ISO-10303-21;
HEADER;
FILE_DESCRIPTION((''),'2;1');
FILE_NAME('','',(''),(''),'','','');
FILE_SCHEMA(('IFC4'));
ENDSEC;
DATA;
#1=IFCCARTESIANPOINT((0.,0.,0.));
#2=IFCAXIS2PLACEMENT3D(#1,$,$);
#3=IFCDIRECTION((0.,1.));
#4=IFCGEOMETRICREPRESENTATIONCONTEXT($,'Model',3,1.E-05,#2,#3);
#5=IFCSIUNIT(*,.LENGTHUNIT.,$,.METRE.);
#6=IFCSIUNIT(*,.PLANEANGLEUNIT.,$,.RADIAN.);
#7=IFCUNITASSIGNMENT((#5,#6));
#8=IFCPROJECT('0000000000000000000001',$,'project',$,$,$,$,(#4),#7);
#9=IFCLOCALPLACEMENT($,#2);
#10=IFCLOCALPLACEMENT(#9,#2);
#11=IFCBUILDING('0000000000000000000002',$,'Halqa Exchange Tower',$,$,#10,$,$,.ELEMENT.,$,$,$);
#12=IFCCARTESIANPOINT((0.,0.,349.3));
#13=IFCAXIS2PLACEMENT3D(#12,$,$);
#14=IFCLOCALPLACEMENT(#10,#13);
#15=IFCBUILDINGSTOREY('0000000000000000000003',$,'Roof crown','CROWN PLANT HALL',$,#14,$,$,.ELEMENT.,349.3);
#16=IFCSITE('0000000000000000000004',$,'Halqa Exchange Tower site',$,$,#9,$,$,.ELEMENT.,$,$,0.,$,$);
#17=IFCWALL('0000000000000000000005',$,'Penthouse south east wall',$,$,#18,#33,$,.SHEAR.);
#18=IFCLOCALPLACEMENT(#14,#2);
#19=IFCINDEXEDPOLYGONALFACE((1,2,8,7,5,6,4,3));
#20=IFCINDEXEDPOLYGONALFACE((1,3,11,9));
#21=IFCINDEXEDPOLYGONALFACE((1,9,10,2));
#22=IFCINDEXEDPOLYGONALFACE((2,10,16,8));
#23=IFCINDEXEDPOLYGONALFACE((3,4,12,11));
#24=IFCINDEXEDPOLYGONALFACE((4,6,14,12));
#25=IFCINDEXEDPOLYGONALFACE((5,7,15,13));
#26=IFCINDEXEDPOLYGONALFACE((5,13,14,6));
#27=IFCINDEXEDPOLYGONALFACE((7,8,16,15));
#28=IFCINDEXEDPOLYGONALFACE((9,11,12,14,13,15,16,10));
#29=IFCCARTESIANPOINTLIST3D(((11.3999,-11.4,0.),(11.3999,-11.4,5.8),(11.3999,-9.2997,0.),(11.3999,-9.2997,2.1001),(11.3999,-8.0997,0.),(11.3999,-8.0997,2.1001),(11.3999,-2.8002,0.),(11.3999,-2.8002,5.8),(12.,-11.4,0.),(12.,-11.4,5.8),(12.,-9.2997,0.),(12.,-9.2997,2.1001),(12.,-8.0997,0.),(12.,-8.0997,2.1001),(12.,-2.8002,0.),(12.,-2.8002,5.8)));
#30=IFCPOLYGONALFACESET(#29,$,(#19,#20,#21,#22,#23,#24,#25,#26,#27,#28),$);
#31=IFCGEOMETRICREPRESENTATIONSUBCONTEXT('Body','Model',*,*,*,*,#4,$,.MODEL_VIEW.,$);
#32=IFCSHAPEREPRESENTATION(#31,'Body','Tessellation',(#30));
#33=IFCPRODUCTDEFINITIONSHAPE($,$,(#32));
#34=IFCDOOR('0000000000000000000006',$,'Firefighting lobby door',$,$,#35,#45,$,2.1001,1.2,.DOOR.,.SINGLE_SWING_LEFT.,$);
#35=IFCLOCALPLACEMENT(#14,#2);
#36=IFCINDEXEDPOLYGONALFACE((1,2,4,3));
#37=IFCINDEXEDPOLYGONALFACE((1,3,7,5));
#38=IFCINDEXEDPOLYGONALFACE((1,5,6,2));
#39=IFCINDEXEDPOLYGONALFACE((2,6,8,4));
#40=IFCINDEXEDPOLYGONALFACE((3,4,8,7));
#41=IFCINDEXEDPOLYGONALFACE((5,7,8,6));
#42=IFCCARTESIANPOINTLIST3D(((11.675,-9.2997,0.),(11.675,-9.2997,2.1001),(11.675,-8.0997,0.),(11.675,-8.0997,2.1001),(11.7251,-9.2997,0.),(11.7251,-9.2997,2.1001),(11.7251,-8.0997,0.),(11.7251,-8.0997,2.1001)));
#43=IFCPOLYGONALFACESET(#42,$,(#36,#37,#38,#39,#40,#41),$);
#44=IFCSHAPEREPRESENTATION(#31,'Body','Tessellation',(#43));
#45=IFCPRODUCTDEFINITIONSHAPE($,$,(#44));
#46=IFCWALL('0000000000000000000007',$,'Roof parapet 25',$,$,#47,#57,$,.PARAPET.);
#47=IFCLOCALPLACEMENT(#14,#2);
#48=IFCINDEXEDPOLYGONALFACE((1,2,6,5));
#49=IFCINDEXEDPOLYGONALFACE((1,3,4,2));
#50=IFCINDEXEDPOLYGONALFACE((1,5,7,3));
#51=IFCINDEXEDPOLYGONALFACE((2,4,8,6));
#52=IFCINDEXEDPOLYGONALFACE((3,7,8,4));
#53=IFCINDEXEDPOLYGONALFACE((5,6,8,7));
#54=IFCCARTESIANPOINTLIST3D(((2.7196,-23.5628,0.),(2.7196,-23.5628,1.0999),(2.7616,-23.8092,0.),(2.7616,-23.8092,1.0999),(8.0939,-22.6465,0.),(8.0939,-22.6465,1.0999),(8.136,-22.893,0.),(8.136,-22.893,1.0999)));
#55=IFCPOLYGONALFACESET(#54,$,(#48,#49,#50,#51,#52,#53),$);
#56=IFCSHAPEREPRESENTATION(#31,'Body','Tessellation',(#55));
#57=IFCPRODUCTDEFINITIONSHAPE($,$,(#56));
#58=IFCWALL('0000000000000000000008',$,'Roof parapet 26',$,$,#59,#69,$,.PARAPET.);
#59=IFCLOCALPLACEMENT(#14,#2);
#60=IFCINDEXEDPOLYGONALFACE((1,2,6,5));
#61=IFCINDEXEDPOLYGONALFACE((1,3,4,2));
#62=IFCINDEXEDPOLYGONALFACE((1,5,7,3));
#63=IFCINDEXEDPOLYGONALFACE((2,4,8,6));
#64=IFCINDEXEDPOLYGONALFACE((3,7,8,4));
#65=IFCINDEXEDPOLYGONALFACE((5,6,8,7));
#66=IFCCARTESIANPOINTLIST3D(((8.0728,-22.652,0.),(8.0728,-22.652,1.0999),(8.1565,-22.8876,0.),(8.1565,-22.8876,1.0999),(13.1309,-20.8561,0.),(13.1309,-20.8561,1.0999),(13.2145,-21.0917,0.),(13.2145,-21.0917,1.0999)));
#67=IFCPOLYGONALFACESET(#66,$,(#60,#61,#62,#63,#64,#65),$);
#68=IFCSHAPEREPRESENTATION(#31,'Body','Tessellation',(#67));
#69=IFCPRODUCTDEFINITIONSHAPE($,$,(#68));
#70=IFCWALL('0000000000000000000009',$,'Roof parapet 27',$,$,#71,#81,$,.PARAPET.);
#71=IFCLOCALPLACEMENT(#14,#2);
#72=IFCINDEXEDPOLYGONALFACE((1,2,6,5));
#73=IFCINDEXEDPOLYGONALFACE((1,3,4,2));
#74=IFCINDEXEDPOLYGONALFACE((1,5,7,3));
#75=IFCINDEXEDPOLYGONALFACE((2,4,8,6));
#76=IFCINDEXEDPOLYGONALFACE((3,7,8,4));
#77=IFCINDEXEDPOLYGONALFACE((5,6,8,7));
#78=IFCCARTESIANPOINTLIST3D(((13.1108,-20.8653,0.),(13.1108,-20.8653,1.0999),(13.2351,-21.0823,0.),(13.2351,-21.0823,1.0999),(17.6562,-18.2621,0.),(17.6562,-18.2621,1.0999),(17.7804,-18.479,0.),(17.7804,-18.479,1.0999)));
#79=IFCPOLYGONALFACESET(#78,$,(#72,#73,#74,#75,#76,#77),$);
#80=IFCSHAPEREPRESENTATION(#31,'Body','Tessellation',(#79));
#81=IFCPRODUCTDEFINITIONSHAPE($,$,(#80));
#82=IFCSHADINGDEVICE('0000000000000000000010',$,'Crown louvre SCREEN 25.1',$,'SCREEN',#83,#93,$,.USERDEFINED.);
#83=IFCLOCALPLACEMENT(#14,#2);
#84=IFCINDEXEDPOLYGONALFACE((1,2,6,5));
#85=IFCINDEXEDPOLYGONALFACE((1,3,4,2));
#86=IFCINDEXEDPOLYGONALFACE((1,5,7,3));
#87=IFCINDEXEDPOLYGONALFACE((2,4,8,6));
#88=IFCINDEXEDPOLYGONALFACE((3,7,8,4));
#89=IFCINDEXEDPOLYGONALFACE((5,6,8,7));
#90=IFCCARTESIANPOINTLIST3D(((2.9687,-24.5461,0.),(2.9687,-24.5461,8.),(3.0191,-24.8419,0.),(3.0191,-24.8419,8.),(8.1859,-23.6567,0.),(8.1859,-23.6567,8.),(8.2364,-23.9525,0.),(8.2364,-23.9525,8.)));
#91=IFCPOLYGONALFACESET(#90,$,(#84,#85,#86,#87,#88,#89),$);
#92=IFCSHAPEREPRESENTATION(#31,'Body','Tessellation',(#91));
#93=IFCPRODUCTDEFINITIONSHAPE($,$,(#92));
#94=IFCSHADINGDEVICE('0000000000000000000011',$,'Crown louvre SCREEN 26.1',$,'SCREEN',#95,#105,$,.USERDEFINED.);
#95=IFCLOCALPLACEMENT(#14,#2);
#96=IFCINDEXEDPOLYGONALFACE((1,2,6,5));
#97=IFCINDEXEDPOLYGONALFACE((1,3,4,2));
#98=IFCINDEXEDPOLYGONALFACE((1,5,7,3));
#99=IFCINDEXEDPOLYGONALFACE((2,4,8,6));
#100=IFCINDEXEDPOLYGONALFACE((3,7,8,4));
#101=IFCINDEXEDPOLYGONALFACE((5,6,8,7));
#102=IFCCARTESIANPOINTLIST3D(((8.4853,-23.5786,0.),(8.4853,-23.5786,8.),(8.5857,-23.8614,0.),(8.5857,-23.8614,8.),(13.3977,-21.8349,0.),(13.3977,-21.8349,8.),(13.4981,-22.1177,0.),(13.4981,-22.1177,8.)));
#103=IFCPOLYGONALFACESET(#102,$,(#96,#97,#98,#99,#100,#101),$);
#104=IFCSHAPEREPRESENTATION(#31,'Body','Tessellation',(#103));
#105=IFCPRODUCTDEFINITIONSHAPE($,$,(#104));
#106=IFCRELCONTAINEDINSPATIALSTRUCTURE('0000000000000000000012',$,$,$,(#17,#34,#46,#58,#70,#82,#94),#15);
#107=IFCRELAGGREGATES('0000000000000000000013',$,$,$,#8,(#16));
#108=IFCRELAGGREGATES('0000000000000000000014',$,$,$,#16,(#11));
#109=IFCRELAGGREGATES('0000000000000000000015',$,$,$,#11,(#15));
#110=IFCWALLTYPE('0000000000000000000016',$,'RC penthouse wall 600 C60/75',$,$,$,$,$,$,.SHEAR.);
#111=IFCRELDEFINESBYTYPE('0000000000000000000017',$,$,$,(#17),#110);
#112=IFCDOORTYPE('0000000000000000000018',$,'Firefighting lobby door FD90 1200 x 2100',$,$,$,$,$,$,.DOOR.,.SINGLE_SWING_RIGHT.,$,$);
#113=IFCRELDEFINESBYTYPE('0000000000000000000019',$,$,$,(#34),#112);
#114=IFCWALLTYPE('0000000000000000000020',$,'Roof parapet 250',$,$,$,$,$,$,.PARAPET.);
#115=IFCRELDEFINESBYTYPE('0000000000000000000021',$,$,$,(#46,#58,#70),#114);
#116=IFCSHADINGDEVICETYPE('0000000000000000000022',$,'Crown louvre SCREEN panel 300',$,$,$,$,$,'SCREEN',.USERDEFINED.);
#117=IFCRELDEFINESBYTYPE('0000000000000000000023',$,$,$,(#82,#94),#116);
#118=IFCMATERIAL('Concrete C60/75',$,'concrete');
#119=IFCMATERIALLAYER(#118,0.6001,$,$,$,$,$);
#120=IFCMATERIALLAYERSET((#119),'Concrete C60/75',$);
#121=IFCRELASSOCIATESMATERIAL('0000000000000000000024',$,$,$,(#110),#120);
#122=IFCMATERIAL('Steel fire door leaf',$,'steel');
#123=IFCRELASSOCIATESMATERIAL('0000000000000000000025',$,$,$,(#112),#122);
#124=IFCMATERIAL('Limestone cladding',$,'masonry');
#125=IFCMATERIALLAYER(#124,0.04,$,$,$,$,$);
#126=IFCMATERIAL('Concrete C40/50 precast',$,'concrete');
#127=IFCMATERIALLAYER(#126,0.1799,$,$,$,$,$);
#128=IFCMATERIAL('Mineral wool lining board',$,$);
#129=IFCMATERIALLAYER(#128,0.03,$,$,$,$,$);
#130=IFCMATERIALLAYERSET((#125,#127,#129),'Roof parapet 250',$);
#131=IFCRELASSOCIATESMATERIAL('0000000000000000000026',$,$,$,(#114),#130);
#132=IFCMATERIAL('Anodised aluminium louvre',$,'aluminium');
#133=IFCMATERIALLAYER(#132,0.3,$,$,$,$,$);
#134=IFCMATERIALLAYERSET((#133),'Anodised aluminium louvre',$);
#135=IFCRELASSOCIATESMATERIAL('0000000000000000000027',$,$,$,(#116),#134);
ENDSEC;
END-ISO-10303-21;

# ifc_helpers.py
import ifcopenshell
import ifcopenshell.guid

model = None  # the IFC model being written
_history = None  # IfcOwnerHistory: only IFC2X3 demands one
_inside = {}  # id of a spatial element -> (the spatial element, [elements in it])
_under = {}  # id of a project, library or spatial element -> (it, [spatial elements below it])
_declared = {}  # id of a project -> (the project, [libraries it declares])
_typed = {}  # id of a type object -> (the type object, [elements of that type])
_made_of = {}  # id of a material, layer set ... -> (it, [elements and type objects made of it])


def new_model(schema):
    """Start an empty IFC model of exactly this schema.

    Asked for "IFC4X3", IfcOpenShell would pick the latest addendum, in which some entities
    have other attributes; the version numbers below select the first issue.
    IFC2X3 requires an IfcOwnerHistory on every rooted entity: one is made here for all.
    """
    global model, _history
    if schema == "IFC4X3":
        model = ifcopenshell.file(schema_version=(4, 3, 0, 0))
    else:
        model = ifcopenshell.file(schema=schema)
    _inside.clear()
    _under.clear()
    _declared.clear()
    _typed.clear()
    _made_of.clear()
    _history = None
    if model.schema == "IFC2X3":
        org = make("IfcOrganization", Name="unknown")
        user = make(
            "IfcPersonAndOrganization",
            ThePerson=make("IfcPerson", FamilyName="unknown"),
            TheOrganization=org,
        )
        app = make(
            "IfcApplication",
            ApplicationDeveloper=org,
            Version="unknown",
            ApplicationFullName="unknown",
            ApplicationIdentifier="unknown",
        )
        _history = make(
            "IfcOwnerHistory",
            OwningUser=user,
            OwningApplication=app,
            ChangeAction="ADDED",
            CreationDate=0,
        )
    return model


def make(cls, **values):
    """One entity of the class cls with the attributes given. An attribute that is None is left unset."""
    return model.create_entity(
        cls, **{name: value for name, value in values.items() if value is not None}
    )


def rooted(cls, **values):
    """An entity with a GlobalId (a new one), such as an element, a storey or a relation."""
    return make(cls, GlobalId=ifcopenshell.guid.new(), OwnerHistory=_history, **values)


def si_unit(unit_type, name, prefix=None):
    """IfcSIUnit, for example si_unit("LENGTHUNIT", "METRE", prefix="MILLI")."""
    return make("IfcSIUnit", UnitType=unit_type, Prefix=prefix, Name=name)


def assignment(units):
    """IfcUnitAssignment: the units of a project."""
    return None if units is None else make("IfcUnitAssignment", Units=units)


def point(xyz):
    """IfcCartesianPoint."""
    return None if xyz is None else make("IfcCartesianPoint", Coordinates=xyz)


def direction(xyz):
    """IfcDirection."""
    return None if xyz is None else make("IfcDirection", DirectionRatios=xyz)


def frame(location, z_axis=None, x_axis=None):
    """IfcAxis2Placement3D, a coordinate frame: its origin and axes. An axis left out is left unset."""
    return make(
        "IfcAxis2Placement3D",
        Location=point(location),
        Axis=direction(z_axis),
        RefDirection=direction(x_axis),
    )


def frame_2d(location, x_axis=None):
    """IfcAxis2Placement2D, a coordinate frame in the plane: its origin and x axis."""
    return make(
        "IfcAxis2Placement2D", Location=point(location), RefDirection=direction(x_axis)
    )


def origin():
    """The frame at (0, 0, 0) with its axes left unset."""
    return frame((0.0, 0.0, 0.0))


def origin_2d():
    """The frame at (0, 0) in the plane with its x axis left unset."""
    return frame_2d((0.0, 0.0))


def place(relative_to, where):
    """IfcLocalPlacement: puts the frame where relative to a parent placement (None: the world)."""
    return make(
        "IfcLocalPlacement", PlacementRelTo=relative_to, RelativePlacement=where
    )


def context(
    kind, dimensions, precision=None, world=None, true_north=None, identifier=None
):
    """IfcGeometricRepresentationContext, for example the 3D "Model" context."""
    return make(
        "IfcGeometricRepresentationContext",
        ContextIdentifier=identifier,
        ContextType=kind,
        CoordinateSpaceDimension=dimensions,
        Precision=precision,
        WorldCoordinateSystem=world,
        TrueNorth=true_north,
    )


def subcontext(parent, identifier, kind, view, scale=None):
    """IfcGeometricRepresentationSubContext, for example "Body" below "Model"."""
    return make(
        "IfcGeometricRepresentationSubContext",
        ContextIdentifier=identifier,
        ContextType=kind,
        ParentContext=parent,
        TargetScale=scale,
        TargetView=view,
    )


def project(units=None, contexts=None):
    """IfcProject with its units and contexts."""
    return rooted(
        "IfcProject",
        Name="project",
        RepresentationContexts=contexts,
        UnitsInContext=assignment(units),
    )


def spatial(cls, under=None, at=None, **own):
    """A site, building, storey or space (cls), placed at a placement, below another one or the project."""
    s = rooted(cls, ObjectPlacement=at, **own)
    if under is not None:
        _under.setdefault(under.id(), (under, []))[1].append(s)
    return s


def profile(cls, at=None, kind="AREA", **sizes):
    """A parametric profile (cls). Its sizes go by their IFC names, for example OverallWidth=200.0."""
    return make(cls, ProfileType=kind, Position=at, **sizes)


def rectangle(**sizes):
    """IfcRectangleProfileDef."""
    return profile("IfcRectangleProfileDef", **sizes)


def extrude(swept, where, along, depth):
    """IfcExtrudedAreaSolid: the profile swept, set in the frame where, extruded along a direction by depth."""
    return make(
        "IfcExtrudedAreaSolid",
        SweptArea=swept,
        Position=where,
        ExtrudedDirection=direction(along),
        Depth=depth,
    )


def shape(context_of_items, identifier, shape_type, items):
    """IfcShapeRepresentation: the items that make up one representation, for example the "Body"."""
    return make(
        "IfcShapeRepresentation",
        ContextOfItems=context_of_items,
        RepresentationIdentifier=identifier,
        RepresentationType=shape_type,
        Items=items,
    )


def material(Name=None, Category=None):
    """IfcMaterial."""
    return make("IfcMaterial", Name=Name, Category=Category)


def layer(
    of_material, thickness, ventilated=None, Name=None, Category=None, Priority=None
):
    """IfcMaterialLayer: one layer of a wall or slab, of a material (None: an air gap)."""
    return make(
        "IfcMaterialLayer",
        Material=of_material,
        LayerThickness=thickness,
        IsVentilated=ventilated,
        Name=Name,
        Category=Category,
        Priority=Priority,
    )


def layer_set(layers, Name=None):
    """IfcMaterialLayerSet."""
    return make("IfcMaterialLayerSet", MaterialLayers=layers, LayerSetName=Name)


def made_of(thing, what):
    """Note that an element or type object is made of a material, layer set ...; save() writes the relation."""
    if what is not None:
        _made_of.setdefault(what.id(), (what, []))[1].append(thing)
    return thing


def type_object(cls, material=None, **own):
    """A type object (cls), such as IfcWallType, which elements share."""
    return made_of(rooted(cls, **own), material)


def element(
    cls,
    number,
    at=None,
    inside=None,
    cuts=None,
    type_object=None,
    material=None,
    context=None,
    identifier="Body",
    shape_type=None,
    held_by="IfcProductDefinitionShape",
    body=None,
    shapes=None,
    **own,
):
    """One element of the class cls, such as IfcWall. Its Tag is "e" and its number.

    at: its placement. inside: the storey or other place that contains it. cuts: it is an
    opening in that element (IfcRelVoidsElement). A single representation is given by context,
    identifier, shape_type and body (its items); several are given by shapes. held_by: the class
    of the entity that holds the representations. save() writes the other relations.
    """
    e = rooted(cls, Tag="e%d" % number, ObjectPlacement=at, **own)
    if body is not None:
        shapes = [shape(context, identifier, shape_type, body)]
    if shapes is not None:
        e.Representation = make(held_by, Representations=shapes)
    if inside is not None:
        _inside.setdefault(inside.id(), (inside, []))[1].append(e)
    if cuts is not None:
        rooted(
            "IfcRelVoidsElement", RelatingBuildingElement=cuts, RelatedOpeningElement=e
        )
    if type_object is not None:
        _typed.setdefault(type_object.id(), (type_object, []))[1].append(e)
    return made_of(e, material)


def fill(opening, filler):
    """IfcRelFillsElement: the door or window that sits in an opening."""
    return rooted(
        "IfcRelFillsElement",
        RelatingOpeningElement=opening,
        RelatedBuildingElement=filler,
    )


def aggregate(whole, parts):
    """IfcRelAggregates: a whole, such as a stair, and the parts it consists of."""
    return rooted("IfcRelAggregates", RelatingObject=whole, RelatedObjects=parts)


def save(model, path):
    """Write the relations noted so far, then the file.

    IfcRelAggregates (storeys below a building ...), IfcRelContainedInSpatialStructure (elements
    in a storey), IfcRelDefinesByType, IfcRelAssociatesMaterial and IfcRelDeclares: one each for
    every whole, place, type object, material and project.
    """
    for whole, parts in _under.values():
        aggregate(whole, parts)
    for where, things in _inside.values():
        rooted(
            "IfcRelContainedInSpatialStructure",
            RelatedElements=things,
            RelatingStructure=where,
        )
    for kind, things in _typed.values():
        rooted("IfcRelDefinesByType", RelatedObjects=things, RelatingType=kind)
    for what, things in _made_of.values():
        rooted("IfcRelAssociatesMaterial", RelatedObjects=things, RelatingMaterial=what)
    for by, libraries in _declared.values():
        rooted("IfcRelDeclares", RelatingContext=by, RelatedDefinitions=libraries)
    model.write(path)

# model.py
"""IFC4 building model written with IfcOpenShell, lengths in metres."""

from ifc_helpers import new_model, si_unit, direction, frame, frame_2d, origin, origin_2d, place, context, subcontext, project, spatial, rectangle, extrude, material, layer, layer_set, type_object, element, fill, save


model = new_model("IFC4")

# Units and contexts
model_context = context("Model", 3, precision=1e-05, world=origin(), true_north=direction((0.0, 1.0)))
body_context = subcontext(model_context, "Body", "Model", "MODEL_VIEW")
ifc_project = project(units=[si_unit("LENGTHUNIT", "METRE"), si_unit("PLANEANGLEUNIT", "RADIAN")], contexts=[model_context])

# Site, building, storey
site_placement = place(None, origin())
site = spatial("IfcSite", under=ifc_project, at=site_placement, Name="Halqa Exchange Tower site", CompositionType="ELEMENT", RefElevation=0.0)
building_placement = place(site_placement, origin())
building = spatial("IfcBuilding", under=site, at=building_placement, Name="Halqa Exchange Tower", CompositionType="ELEMENT")
storey_placement = place(building_placement, frame((0.0, 0.0, 349.3)))
storey = spatial("IfcBuildingStorey", under=building, at=storey_placement, Name="Roof crown", Description="CROWN PLANT HALL", CompositionType="ELEMENT", Elevation=349.3)

# Shared definitions
ifc_material_1 = material(Name="Concrete C60/75", Category="concrete")

# Shared definitions
ifc_material_2 = material(Name="Steel fire door leaf", Category="steel")

# Wall, opening, door
ifc_layer_1 = layer(ifc_material_1, 0.6001)
ifc_layer_set_1 = layer_set([ifc_layer_1], Name="Concrete C60/75")
wall_type_1 = type_object("IfcWallType", Name="RC penthouse wall 600 C60/75", PredefinedType="SHEAR", material=ifc_layer_set_1)
wall_1_placement = place(storey_placement, frame((11.7, -11.3999, 0.0), z_axis=(0.0, 0.0, 1.0), x_axis=(0.0, 1.0, 0.0)))
wall_1 = element("IfcWall", 1, at=wall_1_placement, inside=storey, type_object=wall_type_1, Name="Penthouse south east wall", PredefinedType="SHEAR", context=body_context, shape_type="SweptSolid", body=[
    extrude(rectangle(XDim=8.5999, YDim=0.6001, at=frame_2d((4.2998, 0.0))), origin(), (0.0, 0.0, 1.0), 5.8),
])
opening_1_placement = place(wall_1_placement, frame((2.1001, 0.0, 0.0)))
opening_1 = element("IfcOpeningElement", 2, at=opening_1_placement, cuts=wall_1, PredefinedType="OPENING", context=body_context, shape_type="SweptSolid", body=[
    extrude(rectangle(XDim=1.2, YDim=2.1001, at=frame_2d((0.6001, 1.05))), frame((0.0, 0.312, 0.0), z_axis=(0.0, -1.0, 0.0), x_axis=(1.0, 0.0, 0.0)), (0.0, 0.0, 1.0), 0.624),
])
door_type_1 = type_object("IfcDoorType", Name="Firefighting lobby door FD90 1200 x 2100", OperationType="SINGLE_SWING_RIGHT", PredefinedType="DOOR", material=ifc_material_2)
door_1_placement = place(opening_1_placement, origin())
door_1 = element("IfcDoor", 3, at=door_1_placement, inside=storey, type_object=door_type_1, Name="Firefighting lobby door", OperationType="SINGLE_SWING_LEFT", OverallHeight=2.1001, OverallWidth=1.2, PredefinedType="DOOR", context=body_context, shape_type="SweptSolid", body=[
    extrude(rectangle(XDim=1.2, YDim=2.1001, at=frame_2d((0.6001, 1.05))), frame((0.0, 0.0249, 0.0), z_axis=(0.0, -1.0, 0.0), x_axis=(1.0, 0.0, 0.0)), (0.0, 0.0, 1.0), 0.05),
])
fill(opening_1, door_1)

# Walls
ifc_material_3 = material(Name="Limestone cladding", Category="masonry")
ifc_layer_2 = layer(ifc_material_3, 0.04)
ifc_material_4 = material(Name="Concrete C40/50 precast", Category="concrete")
ifc_layer_3 = layer(ifc_material_4, 0.1799)
ifc_material_5 = material(Name="Mineral wool lining board")
ifc_layer_4 = layer(ifc_material_5, 0.03)
ifc_layer_set_2 = layer_set([ifc_layer_2, ifc_layer_3, ifc_layer_4], Name="Roof parapet 250")
wall_type_2 = type_object("IfcWallType", Name="Roof parapet 250", PredefinedType="PARAPET", material=ifc_layer_set_2)
wall_2_placement = place(storey_placement, frame((2.7405, -23.686, 0.0), z_axis=(0.0, 0.0, 1.0), x_axis=(0.985776, 0.168065, 0.0)))
element("IfcWall", 4, at=wall_2_placement, inside=storey, type_object=wall_type_2, Name="Roof parapet 25", PredefinedType="PARAPET", context=body_context, shape_type="SweptSolid", body=[
    extrude(rectangle(XDim=5.4519, YDim=0.25, at=frame_2d((2.7261, 0.0))), origin(), (0.0, 0.0, 1.0), 1.0999),
])
wall_3_placement = place(storey_placement, frame((8.1147, -22.7698, 0.0), z_axis=(0.0, 0.0, 1.0), x_axis=(0.942364, 0.33459, 0.0)))
element("IfcWall", 5, at=wall_3_placement, inside=storey, type_object=wall_type_2, Name="Roof parapet 26", PredefinedType="PARAPET", context=body_context, shape_type="SweptSolid", body=[
    extrude(rectangle(XDim=5.3674, YDim=0.25, at=frame_2d((2.6836, 0.0))), origin(), (0.0, 0.0, 1.0), 1.0999),
])
wall_4_placement = place(storey_placement, frame((13.1729, -20.9739, 0.0), z_axis=(0.0, 0.0, 1.0), x_axis=(0.867758, 0.496987, 0.0)))
element("IfcWall", 6, at=wall_4_placement, inside=storey, type_object=wall_type_2, Name="Roof parapet 27", PredefinedType="PARAPET", context=body_context, shape_type="SweptSolid", body=[
    extrude(rectangle(XDim=5.238, YDim=0.25, at=frame_2d((2.6191, 0.0))), origin(), (0.0, 0.0, 1.0), 1.0999),
])

# Shading devices
ifc_material_6 = material(Name="Anodised aluminium louvre", Category="aluminium")
ifc_layer_5 = layer(ifc_material_6, 0.3)
ifc_layer_set_3 = layer_set([ifc_layer_5], Name="Anodised aluminium louvre")
shading_device_type = type_object("IfcShadingDeviceType", Name="Crown louvre SCREEN panel 300", ElementType="SCREEN", PredefinedType="USERDEFINED", material=ifc_layer_set_3)
shading_device_1_placement = place(storey_placement, frame((5.6025, -24.2493, 0.0), z_axis=(0.0, 0.0, 1.0), x_axis=(0.985778, 0.168051, 0.0)))
element("IfcShadingDevice", 7, at=shading_device_1_placement, inside=storey, type_object=shading_device_type, Name="Crown louvre SCREEN 25.1", ObjectType="SCREEN", PredefinedType="USERDEFINED", context=body_context, shape_type="SweptSolid", body=[
    extrude(rectangle(XDim=5.2925, YDim=0.3, at=origin_2d()), origin(), (0.0, 0.0, 1.0), 8.0),
])
shading_device_2_placement = place(storey_placement, frame((10.9917, -22.8481, 0.0), z_axis=(0.0, 0.0, 1.0), x_axis=(0.942388, 0.334522, 0.0)))
element("IfcShadingDevice", 8, at=shading_device_2_placement, inside=storey, type_object=shading_device_type, Name="Crown louvre SCREEN 26.1", ObjectType="SCREEN", PredefinedType="USERDEFINED", context=body_context, shape_type="SweptSolid", body=[
    extrude(rectangle(XDim=5.2126, YDim=0.3, at=origin_2d()), origin(), (0.0, 0.0, 1.0), 8.0),
])

save(model, "model.ifc")
